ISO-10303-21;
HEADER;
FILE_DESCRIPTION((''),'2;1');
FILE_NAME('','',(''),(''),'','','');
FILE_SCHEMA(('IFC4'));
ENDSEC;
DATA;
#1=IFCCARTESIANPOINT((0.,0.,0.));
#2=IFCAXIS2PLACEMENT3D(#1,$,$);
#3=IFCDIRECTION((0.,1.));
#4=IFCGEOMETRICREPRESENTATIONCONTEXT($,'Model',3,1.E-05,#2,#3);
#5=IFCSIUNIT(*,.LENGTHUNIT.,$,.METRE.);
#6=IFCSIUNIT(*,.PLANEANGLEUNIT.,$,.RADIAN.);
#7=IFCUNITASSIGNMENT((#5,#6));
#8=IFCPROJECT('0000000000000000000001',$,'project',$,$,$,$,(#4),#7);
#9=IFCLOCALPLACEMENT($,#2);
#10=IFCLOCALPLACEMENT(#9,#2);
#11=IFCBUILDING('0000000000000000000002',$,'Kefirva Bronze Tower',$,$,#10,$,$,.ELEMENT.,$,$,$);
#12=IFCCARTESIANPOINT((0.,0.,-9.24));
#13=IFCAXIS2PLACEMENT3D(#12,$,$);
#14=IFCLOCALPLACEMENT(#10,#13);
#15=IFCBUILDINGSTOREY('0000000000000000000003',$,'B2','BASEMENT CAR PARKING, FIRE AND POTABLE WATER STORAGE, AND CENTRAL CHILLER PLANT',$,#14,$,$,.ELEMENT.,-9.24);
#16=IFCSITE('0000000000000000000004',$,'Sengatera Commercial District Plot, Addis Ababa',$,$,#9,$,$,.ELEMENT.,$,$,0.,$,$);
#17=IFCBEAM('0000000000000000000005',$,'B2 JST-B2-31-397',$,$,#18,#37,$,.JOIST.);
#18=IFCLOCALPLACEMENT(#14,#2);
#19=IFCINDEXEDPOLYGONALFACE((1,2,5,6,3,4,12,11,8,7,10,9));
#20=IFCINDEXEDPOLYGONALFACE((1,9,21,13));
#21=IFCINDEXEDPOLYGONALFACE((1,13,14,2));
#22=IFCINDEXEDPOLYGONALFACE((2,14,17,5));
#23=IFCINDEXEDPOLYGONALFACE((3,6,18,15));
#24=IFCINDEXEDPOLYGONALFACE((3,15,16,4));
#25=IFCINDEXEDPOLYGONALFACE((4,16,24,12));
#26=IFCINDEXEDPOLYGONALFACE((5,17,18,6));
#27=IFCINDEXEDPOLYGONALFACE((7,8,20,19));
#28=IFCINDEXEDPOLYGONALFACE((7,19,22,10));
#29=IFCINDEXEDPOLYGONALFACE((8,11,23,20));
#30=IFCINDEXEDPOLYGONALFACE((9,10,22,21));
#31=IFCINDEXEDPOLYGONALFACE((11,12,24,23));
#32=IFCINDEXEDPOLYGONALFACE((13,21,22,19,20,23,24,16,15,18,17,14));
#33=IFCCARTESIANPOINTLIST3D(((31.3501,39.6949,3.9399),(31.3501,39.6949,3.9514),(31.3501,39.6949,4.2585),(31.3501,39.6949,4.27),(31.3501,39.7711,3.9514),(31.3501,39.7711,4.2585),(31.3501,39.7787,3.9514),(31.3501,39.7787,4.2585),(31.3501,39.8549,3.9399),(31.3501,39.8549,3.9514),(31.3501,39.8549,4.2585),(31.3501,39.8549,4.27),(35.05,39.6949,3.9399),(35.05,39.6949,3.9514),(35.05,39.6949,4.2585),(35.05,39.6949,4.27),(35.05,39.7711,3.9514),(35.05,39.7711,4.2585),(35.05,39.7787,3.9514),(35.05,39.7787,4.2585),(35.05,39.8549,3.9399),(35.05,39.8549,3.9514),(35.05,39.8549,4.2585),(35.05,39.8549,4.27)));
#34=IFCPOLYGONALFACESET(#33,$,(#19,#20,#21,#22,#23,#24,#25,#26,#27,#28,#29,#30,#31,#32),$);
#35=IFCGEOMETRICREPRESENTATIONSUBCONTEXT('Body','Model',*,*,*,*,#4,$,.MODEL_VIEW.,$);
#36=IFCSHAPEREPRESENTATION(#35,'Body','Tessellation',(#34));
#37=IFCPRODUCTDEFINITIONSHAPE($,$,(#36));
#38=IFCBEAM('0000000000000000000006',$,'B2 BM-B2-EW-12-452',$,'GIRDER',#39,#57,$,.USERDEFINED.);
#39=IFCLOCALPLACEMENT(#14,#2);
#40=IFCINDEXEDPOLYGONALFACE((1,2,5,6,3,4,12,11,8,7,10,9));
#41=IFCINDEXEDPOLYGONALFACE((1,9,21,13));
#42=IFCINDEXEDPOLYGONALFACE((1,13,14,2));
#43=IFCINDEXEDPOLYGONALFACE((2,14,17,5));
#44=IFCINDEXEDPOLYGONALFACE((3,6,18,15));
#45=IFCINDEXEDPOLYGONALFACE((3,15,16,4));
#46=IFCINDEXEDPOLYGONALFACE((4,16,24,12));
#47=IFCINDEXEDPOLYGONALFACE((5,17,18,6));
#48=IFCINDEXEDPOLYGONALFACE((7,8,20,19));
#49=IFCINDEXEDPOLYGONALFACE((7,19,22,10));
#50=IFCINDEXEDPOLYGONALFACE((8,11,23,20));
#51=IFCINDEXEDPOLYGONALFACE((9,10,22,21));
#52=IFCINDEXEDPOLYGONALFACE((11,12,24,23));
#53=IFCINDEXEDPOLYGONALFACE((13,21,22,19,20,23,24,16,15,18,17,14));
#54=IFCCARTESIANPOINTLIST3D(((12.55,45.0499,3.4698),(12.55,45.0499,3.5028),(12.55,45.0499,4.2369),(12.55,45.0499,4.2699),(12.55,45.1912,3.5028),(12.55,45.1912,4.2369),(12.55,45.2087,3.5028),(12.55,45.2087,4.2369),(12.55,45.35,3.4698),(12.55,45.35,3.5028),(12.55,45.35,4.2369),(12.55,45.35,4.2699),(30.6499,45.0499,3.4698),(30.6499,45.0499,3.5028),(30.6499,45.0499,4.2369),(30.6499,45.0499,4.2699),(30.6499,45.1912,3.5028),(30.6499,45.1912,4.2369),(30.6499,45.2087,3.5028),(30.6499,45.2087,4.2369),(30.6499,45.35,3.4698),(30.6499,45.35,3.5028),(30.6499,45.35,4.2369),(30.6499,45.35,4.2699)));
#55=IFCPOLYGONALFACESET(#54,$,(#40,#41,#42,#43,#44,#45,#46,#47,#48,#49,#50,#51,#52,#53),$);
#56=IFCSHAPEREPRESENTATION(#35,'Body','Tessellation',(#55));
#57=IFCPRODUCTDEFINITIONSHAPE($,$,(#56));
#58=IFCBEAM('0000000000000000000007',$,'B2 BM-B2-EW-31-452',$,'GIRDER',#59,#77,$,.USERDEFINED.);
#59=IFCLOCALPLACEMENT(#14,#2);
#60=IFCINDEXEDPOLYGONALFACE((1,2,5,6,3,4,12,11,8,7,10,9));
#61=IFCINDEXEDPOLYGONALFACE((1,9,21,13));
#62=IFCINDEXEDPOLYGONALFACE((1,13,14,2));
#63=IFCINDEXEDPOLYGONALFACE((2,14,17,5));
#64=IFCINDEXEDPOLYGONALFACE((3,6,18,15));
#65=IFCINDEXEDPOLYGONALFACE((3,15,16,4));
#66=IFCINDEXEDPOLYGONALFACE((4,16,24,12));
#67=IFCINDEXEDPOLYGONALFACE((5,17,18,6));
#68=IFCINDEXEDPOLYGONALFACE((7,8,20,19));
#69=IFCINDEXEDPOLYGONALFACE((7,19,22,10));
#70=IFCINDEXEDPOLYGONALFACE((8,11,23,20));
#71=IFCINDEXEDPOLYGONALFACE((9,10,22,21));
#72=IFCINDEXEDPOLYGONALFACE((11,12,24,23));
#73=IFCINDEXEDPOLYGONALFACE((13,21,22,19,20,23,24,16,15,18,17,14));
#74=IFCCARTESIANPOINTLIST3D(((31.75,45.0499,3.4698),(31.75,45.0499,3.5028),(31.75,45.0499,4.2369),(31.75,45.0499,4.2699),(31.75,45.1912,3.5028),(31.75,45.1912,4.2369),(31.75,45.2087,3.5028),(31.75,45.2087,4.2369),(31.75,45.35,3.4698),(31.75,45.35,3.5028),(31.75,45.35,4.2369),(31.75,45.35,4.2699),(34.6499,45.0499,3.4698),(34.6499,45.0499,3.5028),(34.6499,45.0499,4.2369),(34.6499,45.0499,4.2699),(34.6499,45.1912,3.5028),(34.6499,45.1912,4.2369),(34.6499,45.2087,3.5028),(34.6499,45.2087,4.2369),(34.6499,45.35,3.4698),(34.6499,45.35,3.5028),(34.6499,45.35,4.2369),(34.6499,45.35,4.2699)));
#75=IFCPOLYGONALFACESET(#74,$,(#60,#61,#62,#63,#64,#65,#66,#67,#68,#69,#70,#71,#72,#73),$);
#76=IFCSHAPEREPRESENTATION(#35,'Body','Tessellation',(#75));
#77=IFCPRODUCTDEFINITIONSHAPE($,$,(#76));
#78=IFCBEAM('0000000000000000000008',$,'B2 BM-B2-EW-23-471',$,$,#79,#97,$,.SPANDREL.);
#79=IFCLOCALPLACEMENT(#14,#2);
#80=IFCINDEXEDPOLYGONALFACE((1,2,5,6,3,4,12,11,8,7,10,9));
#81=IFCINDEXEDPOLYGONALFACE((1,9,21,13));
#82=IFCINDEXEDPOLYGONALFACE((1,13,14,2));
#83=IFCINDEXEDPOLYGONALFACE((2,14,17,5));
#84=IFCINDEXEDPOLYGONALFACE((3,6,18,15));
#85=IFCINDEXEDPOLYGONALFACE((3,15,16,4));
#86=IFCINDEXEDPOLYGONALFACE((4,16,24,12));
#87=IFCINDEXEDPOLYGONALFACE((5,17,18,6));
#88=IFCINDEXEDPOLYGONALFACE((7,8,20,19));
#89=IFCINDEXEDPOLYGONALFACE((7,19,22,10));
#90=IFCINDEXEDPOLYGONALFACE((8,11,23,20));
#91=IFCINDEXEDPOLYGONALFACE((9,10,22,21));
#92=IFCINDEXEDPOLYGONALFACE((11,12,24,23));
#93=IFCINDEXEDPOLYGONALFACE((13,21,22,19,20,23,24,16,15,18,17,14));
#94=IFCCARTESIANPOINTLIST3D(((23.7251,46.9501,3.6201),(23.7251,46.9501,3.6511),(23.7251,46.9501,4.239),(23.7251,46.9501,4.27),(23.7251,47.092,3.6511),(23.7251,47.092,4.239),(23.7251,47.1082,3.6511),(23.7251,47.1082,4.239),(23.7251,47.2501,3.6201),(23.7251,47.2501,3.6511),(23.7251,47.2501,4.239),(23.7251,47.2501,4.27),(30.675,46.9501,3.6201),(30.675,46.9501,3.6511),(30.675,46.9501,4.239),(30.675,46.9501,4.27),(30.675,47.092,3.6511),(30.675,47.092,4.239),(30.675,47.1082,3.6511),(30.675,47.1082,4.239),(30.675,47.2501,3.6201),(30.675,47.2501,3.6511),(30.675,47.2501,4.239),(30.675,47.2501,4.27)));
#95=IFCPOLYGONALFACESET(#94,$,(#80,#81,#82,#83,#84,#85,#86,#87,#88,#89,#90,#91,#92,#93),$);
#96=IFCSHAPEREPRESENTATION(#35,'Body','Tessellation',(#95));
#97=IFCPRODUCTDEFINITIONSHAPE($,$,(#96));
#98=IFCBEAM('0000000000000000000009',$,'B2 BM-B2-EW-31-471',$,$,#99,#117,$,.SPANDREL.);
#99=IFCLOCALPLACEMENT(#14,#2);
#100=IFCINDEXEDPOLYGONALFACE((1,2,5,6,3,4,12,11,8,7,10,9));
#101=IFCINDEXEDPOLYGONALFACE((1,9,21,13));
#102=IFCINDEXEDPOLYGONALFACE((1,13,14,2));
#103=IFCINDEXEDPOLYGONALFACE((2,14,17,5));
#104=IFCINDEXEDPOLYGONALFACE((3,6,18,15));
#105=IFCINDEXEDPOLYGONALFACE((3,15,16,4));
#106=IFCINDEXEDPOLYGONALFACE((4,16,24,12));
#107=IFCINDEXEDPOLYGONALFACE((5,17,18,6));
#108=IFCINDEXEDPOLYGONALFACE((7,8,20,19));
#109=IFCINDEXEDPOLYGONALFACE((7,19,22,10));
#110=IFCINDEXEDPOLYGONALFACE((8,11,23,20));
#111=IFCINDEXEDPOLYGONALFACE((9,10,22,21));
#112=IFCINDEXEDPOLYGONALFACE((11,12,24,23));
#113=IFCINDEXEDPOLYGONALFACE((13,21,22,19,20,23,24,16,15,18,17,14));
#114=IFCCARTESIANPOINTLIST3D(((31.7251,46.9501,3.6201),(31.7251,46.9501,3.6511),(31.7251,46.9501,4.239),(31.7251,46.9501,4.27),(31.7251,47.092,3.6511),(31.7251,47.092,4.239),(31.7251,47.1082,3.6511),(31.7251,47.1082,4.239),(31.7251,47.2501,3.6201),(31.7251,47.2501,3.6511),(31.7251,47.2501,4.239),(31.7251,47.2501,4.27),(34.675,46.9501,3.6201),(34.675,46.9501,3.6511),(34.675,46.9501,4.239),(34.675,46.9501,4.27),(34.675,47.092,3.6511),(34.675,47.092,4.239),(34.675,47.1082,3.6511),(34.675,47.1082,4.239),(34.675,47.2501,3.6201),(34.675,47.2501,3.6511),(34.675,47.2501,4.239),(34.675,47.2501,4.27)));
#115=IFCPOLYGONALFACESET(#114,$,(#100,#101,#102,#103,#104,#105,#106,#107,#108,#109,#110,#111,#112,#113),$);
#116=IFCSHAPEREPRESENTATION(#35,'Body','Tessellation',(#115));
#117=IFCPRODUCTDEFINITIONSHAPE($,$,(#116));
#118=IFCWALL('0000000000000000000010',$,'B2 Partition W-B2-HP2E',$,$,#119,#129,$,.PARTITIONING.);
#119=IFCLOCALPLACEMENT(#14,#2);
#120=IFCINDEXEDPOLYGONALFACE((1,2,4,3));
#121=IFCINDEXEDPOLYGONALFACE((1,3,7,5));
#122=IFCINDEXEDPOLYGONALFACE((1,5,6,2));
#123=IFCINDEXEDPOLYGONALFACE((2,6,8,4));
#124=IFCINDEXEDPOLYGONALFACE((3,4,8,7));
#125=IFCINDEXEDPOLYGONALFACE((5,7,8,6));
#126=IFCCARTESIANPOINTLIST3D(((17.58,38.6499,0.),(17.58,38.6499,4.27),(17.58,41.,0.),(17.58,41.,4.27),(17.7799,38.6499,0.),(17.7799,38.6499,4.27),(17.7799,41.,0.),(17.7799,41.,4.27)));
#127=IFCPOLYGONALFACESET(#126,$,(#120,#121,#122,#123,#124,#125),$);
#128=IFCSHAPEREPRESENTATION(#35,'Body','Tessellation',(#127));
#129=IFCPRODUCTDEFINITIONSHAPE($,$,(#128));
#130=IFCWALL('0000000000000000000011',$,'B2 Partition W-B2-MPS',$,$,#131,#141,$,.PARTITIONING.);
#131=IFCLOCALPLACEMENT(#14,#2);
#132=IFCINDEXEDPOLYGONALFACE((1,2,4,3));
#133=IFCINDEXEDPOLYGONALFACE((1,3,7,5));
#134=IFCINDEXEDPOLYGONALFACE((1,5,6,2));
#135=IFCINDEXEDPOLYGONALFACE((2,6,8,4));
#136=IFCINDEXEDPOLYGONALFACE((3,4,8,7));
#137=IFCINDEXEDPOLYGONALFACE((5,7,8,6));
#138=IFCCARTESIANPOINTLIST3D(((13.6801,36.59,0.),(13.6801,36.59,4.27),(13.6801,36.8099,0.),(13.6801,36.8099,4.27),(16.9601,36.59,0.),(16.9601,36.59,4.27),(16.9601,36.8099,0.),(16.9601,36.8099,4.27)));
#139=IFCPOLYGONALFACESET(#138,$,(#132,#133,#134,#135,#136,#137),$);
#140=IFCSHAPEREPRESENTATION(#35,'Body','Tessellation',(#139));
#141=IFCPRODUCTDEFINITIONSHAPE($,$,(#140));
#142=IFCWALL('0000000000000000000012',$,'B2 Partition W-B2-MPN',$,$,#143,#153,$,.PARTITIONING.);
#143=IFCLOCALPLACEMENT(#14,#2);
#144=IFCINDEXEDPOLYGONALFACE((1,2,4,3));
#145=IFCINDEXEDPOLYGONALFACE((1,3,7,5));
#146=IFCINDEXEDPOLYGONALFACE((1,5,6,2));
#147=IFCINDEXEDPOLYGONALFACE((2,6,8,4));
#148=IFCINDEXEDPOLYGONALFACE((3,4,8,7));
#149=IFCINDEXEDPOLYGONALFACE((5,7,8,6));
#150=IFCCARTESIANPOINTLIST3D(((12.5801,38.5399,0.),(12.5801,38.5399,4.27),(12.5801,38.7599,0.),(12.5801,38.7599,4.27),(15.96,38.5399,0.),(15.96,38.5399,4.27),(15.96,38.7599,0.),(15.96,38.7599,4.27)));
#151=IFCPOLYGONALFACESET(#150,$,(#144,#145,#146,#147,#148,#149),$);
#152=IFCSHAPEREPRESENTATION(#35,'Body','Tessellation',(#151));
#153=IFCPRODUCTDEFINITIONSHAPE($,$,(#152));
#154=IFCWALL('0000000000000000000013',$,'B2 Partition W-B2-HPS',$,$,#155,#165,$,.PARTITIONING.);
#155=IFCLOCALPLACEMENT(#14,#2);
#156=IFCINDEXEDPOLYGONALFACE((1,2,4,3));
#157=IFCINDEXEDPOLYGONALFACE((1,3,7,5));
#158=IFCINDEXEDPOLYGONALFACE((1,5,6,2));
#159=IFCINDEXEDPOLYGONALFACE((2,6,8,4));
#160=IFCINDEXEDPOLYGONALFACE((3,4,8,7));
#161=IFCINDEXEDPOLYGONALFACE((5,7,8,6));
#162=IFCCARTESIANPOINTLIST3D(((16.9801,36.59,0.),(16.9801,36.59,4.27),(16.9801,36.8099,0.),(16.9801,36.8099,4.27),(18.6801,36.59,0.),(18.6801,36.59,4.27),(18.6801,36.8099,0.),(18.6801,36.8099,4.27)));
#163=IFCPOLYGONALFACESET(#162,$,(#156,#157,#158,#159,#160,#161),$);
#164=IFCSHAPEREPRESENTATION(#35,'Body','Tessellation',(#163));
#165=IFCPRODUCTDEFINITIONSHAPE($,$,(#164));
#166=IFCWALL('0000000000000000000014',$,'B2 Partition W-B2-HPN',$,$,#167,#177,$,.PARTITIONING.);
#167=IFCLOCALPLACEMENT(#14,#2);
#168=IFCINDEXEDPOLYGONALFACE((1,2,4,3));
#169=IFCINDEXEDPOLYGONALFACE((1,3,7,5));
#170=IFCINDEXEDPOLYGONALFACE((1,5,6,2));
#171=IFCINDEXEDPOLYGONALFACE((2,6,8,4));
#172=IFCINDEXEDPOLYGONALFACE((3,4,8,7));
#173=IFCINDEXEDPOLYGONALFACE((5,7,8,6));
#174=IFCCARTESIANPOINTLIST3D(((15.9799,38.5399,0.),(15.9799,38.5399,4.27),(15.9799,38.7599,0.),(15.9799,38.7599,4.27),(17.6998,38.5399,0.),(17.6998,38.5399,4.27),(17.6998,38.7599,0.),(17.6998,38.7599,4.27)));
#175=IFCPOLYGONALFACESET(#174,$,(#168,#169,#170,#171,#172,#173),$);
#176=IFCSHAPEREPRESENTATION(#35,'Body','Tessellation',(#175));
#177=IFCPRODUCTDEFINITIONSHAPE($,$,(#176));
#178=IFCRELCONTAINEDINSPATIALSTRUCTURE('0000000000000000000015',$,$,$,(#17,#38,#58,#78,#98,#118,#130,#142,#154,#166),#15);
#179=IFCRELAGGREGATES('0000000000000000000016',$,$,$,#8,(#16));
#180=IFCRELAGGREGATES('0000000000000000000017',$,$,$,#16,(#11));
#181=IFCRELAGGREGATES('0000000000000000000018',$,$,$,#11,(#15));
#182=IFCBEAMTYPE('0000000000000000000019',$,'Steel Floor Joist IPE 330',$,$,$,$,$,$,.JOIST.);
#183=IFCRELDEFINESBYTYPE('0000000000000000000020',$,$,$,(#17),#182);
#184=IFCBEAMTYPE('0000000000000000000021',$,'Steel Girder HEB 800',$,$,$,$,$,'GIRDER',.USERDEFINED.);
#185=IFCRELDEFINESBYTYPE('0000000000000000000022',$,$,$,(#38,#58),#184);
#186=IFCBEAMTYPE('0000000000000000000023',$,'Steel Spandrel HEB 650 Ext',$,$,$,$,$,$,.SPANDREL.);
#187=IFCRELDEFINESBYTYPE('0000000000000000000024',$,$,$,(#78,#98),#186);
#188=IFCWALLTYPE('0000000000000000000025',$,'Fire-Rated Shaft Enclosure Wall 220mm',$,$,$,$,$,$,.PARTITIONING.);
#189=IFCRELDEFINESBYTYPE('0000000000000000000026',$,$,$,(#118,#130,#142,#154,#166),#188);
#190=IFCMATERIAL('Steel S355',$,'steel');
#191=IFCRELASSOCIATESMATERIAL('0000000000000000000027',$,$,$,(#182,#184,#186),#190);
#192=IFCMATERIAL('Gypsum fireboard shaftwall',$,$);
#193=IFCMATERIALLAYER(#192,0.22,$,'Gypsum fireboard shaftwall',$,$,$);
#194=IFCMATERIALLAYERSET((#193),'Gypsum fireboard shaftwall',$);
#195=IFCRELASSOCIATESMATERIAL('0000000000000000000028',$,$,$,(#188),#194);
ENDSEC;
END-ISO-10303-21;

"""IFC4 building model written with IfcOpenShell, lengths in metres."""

from ifc_helpers import new_model, si_unit, direction, frame, frame_2d, origin, origin_2d, place, context, subcontext, project, spatial, rectangle, i_section, extrude, material, layer, layer_set, material_profile, profile_set, type_object, element, save


model = new_model("IFC4")

# Units and contexts
model_context = context("Model", 3, precision=1e-05, world=origin(), true_north=direction((0.0, 1.0)))
body_context = subcontext(model_context, "Body", "Model", "MODEL_VIEW")
ifc_project = project(units=[si_unit("LENGTHUNIT", "METRE"), si_unit("PLANEANGLEUNIT", "RADIAN")], contexts=[model_context])

# Site, building, storey
site_placement = place(None, origin())
site = spatial("IfcSite", under=ifc_project, at=site_placement, Name="Sengatera Commercial District Plot, Addis Ababa", CompositionType="ELEMENT", RefElevation=0.0)
building_placement = place(site_placement, origin())
building = spatial("IfcBuilding", under=site, at=building_placement, Name="Kefirva Bronze Tower", CompositionType="ELEMENT")
storey_placement = place(building_placement, frame((0.0, 0.0, -9.24)))
storey = spatial("IfcBuildingStorey", under=building, at=storey_placement, Name="B2", Description="BASEMENT CAR PARKING, FIRE AND POTABLE WATER STORAGE, AND CENTRAL CHILLER PLANT", CompositionType="ELEMENT", Elevation=-9.24)

# Beams
ifc_material_1 = material(Name="Steel S355", Category="steel")
ifc_material_profile_1 = material_profile(ifc_material_1, i_section(OverallWidth=0.1599, OverallDepth=0.3301, WebThickness=0.0076, FlangeThickness=0.0115, at=origin_2d()), Name="IPE 330")
ifc_profile_set_1 = profile_set([ifc_material_profile_1], Name="Steel S355")
beam_type_1 = type_object("IfcBeamType", Name="Steel Floor Joist IPE 330", PredefinedType="JOIST", material=ifc_profile_set_1)
beam_1_placement = place(storey_placement, frame((31.3501, 39.7749, 4.105), z_axis=(1.0, 0.0, 0.0), x_axis=(0.0, 1.0, 0.0)))
element("IfcBeam", 1, at=beam_1_placement, inside=storey, type_object=beam_type_1, Name="B2 JST-B2-31-397", PredefinedType="JOIST", context=body_context, shape_type="SweptSolid", body=[
    extrude(i_section(OverallWidth=0.1599, OverallDepth=0.3301, WebThickness=0.0076, FlangeThickness=0.0115, at=origin_2d()), origin(), (0.0, 0.0, 1.0), 3.7),
])
ifc_material_profile_2 = material_profile(ifc_material_1, i_section(OverallWidth=0.3, OverallDepth=0.8, WebThickness=0.0176, FlangeThickness=0.033, at=origin_2d()), Name="HEB 800")
ifc_profile_set_2 = profile_set([ifc_material_profile_2], Name="Steel S355")
beam_type_2 = type_object("IfcBeamType", Name="Steel Girder HEB 800", ElementType="GIRDER", PredefinedType="USERDEFINED", material=ifc_profile_set_2)
beam_2_placement = place(storey_placement, frame((12.55, 45.2, 3.8699), z_axis=(1.0, 0.0, 0.0), x_axis=(0.0, 1.0, 0.0)))
element("IfcBeam", 2, at=beam_2_placement, inside=storey, type_object=beam_type_2, Name="B2 BM-B2-EW-12-452", ObjectType="GIRDER", PredefinedType="USERDEFINED", context=body_context, shape_type="SweptSolid", body=[
    extrude(i_section(OverallWidth=0.3, OverallDepth=0.8, WebThickness=0.0176, FlangeThickness=0.033, at=origin_2d()), origin(), (0.0, 0.0, 1.0), 18.0999),
])
beam_3_placement = place(storey_placement, frame((31.75, 45.2, 3.8699), z_axis=(1.0, 0.0, 0.0), x_axis=(0.0, 1.0, 0.0)))
element("IfcBeam", 3, at=beam_3_placement, inside=storey, type_object=beam_type_2, Name="B2 BM-B2-EW-31-452", ObjectType="GIRDER", PredefinedType="USERDEFINED", context=body_context, shape_type="SweptSolid", body=[
    extrude(i_section(OverallWidth=0.3, OverallDepth=0.8, WebThickness=0.0176, FlangeThickness=0.033, at=origin_2d()), origin(), (0.0, 0.0, 1.0), 2.8999),
])
ifc_material_profile_3 = material_profile(ifc_material_1, i_section(OverallWidth=0.3, OverallDepth=0.6499, WebThickness=0.0161, FlangeThickness=0.031, at=origin_2d()), Name="HEB 650")
ifc_profile_set_3 = profile_set([ifc_material_profile_3], Name="Steel S355")
beam_type_3 = type_object("IfcBeamType", Name="Steel Spandrel HEB 650 Ext", PredefinedType="SPANDREL", material=ifc_profile_set_3)
beam_4_placement = place(storey_placement, frame((23.7251, 47.1001, 3.9451), z_axis=(1.0, 0.0, 0.0), x_axis=(0.0, 1.0, 0.0)))
element("IfcBeam", 4, at=beam_4_placement, inside=storey, type_object=beam_type_3, Name="B2 BM-B2-EW-23-471", PredefinedType="SPANDREL", context=body_context, shape_type="SweptSolid", body=[
    extrude(i_section(OverallWidth=0.3, OverallDepth=0.6499, WebThickness=0.0161, FlangeThickness=0.031, at=origin_2d()), origin(), (0.0, 0.0, 1.0), 6.95),
])
beam_5_placement = place(storey_placement, frame((31.7251, 47.1001, 3.9451), z_axis=(1.0, 0.0, 0.0), x_axis=(0.0, 1.0, 0.0)))
element("IfcBeam", 5, at=beam_5_placement, inside=storey, type_object=beam_type_3, Name="B2 BM-B2-EW-31-471", PredefinedType="SPANDREL", context=body_context, shape_type="SweptSolid", body=[
    extrude(i_section(OverallWidth=0.3, OverallDepth=0.6499, WebThickness=0.0161, FlangeThickness=0.031, at=origin_2d()), origin(), (0.0, 0.0, 1.0), 2.95),
])

# Shared definitions
ifc_material_2 = material(Name="Gypsum fireboard shaftwall")
ifc_layer_1 = layer(ifc_material_2, 0.22, Name="Gypsum fireboard shaftwall")
ifc_layer_set_1 = layer_set([ifc_layer_1], Name="Gypsum fireboard shaftwall")
wall_type_1 = type_object("IfcWallType", Name="Fire-Rated Shaft Enclosure Wall 220mm", PredefinedType="PARTITIONING", material=ifc_layer_set_1)

# Walls
wall_1_placement = place(storey_placement, frame((17.6799, 38.6499, 0.0), z_axis=(0.0, 0.0, 1.0), x_axis=(0.0, 1.0, 0.0)))
element("IfcWall", 6, at=wall_1_placement, inside=storey, type_object=wall_type_1, Name="B2 Partition W-B2-HP2E", PredefinedType="PARTITIONING", context=body_context, shape_type="SweptSolid", body=[
    extrude(rectangle(XDim=2.3501, YDim=0.2, at=frame_2d((1.175, 0.0))), origin(), (0.0, 0.0, 1.0), 4.27),
])
wall_2_placement = place(storey_placement, frame((13.6799, 36.7, 0.0), z_axis=(0.0, 0.0, 1.0), x_axis=(1.0, 0.0, 0.0)))
element("IfcWall", 7, at=wall_2_placement, inside=storey, type_object=wall_type_1, Name="B2 Partition W-B2-MPS", PredefinedType="PARTITIONING", context=body_context, shape_type="SweptSolid", body=[
    extrude(rectangle(XDim=3.28, YDim=0.22, at=frame_2d((1.6401, 0.0))), origin(), (0.0, 0.0, 1.0), 4.27),
])
wall_3_placement = place(storey_placement, frame((12.5801, 38.6499, 0.0), z_axis=(0.0, 0.0, 1.0), x_axis=(1.0, 0.0, 0.0)))
element("IfcWall", 8, at=wall_3_placement, inside=storey, type_object=wall_type_1, Name="B2 Partition W-B2-MPN", PredefinedType="PARTITIONING", context=body_context, shape_type="SweptSolid", body=[
    extrude(rectangle(XDim=3.3799, YDim=0.22, at=frame_2d((1.6899, 0.0))), origin(), (0.0, 0.0, 1.0), 4.27),
])
wall_4_placement = place(storey_placement, frame((16.98, 36.7, 0.0), z_axis=(0.0, 0.0, 1.0), x_axis=(1.0, 0.0, 0.0)))
element("IfcWall", 9, at=wall_4_placement, inside=storey, type_object=wall_type_1, Name="B2 Partition W-B2-HPS", PredefinedType="PARTITIONING", context=body_context, shape_type="SweptSolid", body=[
    extrude(rectangle(XDim=1.7, YDim=0.22, at=frame_2d((0.8501, 0.0))), origin(), (0.0, 0.0, 1.0), 4.27),
])
wall_5_placement = place(storey_placement, frame((15.98, 38.6499, 0.0), z_axis=(0.0, 0.0, 1.0), x_axis=(1.0, 0.0, 0.0)))
element("IfcWall", 10, at=wall_5_placement, inside=storey, type_object=wall_type_1, Name="B2 Partition W-B2-HPN", PredefinedType="PARTITIONING", context=body_context, shape_type="SweptSolid", body=[
    extrude(rectangle(XDim=1.72, YDim=0.22, at=frame_2d((0.8599, 0.0))), origin(), (0.0, 0.0, 1.0), 4.27),
])

save(model, "model.ifc")
